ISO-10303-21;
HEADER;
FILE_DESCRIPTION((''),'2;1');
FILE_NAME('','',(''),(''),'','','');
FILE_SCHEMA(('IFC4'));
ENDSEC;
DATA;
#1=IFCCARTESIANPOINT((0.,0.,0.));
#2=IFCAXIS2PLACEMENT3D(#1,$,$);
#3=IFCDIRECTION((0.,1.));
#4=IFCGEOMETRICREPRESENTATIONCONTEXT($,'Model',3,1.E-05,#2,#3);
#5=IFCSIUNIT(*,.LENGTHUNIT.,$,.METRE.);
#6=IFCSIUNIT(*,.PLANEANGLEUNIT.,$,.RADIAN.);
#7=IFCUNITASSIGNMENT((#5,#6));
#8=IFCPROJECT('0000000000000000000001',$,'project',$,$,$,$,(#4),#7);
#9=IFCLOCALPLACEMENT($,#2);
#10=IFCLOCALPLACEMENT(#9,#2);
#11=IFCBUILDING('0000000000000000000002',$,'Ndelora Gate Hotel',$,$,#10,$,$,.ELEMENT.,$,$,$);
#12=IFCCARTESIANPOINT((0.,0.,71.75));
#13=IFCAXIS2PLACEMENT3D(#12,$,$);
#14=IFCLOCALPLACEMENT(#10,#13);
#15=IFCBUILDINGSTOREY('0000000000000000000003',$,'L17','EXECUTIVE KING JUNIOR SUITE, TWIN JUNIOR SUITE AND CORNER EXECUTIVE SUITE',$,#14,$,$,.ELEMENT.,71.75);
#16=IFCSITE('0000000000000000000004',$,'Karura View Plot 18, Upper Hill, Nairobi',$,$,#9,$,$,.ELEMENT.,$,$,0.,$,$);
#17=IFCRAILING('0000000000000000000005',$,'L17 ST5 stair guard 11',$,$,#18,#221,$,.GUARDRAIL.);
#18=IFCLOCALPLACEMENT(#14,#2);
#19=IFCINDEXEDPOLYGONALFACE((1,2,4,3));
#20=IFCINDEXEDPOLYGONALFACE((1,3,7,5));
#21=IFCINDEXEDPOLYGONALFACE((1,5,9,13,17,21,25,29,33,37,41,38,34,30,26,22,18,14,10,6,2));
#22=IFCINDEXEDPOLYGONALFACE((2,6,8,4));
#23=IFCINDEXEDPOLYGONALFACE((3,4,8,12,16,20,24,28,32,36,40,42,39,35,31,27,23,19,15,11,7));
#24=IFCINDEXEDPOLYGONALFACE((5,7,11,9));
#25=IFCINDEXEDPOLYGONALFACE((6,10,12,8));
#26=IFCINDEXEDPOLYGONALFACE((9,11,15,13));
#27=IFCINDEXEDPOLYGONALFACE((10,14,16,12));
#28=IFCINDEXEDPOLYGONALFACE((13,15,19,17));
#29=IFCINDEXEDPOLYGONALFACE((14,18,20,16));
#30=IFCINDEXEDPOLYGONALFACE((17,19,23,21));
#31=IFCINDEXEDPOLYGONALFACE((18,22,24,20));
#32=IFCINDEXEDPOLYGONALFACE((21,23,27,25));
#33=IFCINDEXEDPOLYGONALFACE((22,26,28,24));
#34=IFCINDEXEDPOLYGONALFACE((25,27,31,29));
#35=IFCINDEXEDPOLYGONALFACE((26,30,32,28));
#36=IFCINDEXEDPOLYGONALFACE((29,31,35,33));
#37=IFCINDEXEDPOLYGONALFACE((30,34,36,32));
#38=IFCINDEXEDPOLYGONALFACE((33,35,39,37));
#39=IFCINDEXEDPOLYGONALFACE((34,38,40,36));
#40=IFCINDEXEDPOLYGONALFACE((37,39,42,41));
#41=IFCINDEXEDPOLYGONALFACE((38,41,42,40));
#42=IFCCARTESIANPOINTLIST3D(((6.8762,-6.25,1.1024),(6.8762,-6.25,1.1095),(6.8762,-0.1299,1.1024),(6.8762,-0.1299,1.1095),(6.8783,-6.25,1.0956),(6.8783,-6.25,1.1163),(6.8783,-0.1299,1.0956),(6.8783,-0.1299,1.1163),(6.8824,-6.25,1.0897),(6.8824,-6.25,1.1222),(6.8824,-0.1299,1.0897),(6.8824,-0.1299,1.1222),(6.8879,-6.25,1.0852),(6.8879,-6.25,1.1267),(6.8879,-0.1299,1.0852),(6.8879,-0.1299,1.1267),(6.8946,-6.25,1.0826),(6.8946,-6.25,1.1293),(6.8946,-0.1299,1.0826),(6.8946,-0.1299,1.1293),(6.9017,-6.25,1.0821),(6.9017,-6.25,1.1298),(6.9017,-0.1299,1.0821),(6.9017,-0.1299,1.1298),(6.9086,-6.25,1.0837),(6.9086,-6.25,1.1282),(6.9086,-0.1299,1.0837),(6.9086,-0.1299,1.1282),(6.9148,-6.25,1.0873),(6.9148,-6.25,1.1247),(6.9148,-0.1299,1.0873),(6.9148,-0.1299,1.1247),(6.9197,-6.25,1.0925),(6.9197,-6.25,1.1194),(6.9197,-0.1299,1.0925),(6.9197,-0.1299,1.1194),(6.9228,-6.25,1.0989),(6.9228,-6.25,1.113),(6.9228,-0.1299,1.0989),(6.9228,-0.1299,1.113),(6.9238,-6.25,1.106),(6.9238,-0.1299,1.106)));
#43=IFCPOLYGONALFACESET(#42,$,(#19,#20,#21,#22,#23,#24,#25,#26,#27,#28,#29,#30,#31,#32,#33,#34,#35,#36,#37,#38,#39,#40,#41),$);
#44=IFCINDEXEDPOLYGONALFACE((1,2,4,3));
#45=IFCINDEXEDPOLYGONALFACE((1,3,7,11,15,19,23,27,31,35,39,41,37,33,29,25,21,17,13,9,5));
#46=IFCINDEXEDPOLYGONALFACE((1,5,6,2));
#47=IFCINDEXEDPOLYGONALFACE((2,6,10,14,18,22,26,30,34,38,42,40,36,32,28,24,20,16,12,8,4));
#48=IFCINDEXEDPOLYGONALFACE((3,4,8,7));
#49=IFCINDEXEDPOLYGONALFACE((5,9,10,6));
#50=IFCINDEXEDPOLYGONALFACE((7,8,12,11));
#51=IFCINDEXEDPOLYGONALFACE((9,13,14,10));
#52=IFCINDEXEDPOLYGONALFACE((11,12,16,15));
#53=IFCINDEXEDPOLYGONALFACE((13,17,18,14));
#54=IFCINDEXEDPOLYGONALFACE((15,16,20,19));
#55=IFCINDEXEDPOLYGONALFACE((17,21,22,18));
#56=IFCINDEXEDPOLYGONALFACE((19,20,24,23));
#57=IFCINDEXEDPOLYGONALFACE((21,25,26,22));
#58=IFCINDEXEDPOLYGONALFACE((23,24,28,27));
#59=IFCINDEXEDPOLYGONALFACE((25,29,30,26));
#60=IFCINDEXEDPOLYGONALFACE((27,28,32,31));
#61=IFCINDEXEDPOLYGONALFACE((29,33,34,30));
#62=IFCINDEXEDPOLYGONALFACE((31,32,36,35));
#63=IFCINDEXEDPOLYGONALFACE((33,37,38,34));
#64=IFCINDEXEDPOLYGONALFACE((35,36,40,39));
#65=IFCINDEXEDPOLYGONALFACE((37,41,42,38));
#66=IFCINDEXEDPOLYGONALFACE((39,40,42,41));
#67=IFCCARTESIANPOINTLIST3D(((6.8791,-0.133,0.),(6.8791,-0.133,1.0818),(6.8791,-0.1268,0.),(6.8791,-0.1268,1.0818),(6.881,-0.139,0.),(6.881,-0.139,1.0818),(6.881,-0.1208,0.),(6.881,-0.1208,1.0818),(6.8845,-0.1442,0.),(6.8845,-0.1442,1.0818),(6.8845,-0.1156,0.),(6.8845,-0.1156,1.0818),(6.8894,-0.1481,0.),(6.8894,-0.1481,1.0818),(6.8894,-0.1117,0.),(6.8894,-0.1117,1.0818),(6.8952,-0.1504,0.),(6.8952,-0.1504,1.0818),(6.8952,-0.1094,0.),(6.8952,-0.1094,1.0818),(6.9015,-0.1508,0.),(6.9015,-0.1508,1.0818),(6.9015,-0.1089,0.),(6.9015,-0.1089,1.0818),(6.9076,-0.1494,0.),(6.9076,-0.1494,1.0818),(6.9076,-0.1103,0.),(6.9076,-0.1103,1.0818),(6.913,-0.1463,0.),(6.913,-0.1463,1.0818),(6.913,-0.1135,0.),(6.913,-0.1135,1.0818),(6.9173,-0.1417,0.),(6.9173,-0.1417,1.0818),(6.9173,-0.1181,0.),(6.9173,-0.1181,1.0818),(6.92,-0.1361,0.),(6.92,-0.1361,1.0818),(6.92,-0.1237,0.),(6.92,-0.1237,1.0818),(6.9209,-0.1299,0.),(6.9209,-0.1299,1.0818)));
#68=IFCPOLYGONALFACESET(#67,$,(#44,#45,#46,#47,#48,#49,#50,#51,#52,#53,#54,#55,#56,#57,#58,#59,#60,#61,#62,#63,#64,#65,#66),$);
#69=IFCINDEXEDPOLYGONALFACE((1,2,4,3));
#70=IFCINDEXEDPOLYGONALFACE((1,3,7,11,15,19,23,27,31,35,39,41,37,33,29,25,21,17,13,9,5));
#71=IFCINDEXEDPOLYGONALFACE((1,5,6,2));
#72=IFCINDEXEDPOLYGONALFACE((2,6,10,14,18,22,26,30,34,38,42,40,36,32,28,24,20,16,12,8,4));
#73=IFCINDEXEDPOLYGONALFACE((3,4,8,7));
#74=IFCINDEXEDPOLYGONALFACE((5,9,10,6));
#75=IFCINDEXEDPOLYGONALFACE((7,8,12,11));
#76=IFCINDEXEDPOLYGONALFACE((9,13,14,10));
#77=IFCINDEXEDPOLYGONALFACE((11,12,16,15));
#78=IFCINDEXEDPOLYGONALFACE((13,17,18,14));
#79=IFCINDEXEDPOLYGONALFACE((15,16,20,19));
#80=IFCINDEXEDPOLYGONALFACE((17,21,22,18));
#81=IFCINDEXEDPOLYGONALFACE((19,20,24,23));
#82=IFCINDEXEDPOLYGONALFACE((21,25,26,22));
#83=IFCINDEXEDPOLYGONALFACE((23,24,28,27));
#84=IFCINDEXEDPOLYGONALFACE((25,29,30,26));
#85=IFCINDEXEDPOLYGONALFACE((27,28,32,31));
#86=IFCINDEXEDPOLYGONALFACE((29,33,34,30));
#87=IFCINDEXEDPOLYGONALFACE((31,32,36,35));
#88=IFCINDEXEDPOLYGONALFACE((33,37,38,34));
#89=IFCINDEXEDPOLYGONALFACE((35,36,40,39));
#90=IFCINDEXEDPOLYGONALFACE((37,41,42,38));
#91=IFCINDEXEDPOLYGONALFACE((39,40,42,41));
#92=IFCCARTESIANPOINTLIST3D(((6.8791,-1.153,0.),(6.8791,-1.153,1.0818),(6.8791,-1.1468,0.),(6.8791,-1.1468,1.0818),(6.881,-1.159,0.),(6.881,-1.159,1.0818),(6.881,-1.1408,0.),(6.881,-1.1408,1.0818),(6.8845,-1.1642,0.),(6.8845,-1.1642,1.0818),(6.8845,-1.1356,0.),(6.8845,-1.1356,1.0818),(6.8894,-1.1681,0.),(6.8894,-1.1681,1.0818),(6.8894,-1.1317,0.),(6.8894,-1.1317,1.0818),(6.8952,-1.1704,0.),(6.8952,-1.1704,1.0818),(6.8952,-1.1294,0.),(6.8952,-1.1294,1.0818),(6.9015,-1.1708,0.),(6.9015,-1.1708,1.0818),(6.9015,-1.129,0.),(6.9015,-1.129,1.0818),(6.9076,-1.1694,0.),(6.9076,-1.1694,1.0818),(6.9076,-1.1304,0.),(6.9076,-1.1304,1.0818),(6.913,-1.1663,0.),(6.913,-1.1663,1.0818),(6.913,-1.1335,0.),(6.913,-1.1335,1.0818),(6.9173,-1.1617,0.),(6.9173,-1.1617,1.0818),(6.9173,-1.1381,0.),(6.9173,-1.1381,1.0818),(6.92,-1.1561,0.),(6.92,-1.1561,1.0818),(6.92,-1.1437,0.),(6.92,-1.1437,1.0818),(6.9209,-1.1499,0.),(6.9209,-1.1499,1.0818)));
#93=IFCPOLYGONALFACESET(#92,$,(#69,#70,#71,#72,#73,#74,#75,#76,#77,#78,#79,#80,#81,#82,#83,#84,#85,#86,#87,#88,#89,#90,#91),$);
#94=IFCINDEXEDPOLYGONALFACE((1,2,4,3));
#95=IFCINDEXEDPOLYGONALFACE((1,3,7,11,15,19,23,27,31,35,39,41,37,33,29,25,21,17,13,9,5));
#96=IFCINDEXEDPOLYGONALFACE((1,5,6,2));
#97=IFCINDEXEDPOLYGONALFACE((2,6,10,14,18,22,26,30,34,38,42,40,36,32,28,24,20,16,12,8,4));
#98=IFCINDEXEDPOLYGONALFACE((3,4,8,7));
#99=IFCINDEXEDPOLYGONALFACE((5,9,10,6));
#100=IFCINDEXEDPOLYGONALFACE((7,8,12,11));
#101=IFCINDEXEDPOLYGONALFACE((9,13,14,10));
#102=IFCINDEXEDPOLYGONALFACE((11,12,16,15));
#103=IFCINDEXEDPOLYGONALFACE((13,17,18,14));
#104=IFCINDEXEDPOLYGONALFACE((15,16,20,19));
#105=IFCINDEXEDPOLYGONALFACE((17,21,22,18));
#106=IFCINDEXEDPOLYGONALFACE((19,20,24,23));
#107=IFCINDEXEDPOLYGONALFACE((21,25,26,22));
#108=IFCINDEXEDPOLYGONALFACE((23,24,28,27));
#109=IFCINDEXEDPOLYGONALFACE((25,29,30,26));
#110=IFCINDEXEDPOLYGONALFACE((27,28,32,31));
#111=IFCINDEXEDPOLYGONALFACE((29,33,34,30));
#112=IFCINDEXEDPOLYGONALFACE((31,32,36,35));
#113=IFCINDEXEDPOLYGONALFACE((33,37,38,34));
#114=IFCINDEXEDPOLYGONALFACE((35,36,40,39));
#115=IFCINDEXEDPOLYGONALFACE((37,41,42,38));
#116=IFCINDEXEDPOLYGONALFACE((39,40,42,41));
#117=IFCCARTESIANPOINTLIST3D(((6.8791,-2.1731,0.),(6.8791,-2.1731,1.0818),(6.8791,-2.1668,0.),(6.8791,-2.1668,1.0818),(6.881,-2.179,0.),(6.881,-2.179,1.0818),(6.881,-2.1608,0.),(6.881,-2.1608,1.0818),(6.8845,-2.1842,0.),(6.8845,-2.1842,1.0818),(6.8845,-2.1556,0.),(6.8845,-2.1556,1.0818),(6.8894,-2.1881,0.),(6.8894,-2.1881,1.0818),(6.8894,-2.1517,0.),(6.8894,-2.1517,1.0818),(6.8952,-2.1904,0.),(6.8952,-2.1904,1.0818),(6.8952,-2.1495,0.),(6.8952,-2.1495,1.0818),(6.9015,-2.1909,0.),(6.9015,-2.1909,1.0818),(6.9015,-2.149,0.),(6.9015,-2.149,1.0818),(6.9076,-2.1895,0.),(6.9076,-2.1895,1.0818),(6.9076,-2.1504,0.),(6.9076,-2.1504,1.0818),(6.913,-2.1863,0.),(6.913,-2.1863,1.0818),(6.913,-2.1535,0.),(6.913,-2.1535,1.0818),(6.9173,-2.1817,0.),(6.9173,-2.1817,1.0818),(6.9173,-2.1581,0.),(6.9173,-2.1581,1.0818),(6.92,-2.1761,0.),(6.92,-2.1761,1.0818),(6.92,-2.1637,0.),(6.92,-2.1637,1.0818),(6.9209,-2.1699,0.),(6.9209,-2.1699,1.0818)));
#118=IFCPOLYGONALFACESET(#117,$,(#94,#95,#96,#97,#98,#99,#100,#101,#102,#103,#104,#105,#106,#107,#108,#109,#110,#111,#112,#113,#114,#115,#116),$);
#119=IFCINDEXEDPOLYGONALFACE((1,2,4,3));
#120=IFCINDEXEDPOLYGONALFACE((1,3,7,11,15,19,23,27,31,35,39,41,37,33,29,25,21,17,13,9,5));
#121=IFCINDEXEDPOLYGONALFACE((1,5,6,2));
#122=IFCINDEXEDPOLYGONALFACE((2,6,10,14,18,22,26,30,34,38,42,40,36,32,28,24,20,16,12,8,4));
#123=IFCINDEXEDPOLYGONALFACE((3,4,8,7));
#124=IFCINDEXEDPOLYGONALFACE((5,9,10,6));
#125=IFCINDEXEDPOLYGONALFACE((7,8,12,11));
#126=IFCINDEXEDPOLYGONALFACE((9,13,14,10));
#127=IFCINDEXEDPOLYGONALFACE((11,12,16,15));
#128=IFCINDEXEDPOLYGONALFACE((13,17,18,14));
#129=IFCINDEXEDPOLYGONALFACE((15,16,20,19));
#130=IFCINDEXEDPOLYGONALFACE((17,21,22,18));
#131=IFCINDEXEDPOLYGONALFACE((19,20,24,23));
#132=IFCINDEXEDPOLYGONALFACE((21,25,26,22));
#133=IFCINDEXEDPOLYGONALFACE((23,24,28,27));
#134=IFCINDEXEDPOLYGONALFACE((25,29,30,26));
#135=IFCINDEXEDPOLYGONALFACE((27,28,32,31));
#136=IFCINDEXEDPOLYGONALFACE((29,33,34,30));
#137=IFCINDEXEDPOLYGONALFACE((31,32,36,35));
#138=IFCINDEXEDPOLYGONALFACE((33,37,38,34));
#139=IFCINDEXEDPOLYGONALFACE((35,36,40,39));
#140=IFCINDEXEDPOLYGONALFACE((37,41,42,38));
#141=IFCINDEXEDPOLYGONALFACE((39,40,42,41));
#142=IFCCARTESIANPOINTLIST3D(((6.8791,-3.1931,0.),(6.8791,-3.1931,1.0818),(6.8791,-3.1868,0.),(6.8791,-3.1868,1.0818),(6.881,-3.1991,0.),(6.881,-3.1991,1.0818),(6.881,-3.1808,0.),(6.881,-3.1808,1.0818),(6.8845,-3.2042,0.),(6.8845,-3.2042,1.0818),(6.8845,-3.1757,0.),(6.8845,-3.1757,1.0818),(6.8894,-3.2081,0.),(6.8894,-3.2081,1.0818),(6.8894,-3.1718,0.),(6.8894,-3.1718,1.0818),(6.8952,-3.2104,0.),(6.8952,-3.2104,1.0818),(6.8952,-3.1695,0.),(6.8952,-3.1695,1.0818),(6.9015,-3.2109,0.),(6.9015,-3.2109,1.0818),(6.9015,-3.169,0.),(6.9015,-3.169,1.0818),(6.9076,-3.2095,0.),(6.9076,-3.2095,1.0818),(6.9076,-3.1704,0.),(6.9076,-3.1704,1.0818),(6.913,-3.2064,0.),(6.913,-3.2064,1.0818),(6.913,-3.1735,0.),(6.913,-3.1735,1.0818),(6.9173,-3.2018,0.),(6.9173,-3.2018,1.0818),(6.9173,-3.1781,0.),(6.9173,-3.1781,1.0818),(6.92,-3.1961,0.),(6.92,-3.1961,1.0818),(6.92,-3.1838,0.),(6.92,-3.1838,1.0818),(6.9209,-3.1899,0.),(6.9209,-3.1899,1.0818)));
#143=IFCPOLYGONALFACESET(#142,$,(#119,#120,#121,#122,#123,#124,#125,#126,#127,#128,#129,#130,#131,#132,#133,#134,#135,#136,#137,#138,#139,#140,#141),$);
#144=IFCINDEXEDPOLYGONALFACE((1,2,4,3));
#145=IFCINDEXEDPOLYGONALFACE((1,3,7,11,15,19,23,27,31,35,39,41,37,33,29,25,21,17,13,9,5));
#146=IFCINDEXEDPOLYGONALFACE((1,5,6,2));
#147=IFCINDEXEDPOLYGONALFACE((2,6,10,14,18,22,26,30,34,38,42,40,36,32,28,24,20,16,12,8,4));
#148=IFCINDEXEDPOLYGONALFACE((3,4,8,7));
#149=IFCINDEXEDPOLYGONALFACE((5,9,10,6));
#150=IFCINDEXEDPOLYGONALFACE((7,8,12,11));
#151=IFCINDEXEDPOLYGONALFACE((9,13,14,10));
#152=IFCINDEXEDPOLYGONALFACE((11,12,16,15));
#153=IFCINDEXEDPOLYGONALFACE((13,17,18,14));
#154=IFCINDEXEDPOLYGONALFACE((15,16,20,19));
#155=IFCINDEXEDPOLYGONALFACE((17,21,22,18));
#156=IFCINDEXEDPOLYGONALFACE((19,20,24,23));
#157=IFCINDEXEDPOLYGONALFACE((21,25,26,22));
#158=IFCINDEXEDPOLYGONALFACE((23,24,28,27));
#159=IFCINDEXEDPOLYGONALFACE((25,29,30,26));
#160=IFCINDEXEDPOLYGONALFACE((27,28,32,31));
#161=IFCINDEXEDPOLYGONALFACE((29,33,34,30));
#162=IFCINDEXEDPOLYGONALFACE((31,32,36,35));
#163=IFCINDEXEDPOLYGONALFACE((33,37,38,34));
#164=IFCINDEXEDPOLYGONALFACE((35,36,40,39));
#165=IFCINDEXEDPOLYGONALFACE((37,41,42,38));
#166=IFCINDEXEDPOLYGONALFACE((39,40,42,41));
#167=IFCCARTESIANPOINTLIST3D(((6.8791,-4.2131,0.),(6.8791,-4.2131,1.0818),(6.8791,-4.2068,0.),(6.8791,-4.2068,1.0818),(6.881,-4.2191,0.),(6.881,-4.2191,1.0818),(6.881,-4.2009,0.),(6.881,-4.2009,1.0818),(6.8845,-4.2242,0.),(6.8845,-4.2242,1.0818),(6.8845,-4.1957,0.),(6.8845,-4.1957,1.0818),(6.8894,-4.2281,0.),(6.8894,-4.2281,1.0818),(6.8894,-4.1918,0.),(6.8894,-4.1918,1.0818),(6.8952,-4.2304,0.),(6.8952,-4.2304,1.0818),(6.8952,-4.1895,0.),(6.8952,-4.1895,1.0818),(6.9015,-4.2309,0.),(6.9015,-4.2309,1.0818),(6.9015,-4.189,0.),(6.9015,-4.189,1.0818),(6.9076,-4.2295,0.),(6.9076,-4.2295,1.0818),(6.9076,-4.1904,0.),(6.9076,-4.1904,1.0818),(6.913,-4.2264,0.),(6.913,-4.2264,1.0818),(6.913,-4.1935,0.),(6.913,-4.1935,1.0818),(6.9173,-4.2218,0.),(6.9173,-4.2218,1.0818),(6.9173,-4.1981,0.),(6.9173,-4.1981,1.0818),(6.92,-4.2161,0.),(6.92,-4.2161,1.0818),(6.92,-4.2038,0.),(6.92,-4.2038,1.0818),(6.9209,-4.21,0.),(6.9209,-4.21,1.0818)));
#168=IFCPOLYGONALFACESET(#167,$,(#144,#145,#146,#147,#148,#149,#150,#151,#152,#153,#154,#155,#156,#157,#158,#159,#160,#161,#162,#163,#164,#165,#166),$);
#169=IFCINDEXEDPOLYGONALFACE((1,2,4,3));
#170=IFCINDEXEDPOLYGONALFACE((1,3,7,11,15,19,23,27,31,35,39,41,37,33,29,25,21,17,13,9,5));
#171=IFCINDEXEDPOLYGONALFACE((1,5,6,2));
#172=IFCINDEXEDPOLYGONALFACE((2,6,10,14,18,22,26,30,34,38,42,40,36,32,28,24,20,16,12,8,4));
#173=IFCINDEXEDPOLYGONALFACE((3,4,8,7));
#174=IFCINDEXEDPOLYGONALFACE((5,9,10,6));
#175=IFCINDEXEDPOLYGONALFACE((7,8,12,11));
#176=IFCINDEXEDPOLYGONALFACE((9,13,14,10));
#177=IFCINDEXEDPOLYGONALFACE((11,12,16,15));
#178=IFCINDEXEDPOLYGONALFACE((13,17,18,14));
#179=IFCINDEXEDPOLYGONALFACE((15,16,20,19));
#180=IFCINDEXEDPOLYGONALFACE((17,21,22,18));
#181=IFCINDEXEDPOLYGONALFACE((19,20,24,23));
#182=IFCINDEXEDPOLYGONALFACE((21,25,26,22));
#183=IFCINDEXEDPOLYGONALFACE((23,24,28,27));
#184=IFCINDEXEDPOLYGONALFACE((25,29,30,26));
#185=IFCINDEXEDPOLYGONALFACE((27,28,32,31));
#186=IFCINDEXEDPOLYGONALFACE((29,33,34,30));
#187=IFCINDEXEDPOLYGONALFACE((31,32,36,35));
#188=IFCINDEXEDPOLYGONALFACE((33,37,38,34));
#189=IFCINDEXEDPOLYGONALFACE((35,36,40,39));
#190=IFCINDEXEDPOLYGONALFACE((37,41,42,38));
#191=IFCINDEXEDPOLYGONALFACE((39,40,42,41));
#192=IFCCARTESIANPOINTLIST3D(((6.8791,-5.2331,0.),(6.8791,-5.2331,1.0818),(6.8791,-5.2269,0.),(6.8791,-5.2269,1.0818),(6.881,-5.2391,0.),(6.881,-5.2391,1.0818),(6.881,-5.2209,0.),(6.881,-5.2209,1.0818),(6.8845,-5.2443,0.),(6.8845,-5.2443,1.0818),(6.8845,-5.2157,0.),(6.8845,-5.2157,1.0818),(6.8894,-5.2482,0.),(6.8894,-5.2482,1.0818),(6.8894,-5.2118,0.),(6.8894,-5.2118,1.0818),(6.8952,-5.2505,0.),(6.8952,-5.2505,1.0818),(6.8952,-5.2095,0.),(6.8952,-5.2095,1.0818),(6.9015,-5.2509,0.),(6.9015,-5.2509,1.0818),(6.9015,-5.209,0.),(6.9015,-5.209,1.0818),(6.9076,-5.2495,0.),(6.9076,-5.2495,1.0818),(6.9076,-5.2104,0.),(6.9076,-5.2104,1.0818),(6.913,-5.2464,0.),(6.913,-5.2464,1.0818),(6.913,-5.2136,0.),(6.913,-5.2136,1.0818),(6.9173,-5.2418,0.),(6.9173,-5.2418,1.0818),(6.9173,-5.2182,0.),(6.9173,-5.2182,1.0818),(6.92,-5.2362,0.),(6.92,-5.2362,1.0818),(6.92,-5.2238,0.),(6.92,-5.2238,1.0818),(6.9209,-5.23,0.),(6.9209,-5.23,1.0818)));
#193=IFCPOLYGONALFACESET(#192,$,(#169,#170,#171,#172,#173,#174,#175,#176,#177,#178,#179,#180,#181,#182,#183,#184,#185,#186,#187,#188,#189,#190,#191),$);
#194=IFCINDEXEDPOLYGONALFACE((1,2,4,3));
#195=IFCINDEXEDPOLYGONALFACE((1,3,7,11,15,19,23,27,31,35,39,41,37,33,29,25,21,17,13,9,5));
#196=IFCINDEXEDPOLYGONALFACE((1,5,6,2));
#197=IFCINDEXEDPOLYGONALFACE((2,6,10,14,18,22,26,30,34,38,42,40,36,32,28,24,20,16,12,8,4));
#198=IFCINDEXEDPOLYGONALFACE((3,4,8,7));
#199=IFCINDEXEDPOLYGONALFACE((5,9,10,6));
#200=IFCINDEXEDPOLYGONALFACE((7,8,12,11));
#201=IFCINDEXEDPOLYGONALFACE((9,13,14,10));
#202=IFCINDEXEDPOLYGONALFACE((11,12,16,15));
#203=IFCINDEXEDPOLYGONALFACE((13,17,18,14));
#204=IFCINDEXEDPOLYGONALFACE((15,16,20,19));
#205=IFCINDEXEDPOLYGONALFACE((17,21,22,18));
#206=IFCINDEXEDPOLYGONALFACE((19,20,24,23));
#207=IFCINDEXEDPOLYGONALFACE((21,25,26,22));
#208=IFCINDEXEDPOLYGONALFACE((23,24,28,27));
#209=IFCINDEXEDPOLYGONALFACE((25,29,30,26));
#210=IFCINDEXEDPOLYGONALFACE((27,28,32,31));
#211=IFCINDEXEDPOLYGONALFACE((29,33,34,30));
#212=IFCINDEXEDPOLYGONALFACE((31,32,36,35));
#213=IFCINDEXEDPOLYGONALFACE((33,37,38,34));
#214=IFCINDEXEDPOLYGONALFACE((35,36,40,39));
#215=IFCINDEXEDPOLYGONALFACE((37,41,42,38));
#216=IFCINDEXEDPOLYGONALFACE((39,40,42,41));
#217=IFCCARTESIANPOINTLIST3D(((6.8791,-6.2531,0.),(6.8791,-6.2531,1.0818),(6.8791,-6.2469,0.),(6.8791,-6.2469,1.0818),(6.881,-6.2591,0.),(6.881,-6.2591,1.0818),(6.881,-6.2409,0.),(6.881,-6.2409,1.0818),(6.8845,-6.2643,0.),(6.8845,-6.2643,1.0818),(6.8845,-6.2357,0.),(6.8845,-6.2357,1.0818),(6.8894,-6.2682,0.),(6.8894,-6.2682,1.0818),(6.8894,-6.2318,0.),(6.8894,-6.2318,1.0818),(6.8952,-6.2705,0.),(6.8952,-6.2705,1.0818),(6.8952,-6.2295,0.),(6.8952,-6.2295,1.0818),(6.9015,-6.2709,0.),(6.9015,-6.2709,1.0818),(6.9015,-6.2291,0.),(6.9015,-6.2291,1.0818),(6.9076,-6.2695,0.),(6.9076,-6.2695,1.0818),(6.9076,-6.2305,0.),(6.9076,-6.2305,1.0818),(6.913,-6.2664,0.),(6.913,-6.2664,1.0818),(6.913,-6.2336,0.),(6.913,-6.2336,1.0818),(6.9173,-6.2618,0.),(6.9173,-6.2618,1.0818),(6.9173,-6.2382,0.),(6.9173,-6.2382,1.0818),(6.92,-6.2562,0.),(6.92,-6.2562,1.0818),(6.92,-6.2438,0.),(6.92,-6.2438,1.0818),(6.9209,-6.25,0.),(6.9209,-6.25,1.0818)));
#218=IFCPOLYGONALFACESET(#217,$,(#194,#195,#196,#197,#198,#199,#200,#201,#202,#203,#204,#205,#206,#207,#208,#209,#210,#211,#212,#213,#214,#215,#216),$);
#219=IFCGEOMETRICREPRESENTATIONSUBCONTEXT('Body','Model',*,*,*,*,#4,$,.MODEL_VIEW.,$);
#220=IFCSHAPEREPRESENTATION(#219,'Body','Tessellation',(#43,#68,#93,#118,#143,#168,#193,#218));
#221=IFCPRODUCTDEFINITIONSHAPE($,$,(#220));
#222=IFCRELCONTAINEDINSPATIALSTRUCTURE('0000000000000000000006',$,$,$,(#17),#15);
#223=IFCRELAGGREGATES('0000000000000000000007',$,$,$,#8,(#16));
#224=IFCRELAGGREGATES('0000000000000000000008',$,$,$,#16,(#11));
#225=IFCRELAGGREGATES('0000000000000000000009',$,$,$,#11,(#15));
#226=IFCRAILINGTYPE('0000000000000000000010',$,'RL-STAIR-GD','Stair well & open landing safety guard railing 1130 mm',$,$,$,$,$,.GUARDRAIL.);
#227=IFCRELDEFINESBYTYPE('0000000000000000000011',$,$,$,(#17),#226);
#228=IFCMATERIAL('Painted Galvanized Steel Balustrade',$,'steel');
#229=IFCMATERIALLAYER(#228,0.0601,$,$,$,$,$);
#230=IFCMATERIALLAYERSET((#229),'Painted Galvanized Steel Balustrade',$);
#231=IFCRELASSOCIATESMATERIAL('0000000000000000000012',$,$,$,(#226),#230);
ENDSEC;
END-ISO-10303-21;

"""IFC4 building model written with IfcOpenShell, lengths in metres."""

from ifc_helpers import new_model, si_unit, direction, frame, origin, origin_2d, place, context, subcontext, project, spatial, circle, extrude, material, layer, layer_set, type_object, element, save


model = new_model("IFC4")

# Units and contexts
model_context = context("Model", 3, precision=1e-05, world=origin(), true_north=direction((0.0, 1.0)))
body_context = subcontext(model_context, "Body", "Model", "MODEL_VIEW")
ifc_project = project(units=[si_unit("LENGTHUNIT", "METRE"), si_unit("PLANEANGLEUNIT", "RADIAN")], contexts=[model_context])

# Site, building, storey
site_placement = place(None, origin())
site = spatial("IfcSite", under=ifc_project, at=site_placement, Name="Karura View Plot 18, Upper Hill, Nairobi", CompositionType="ELEMENT", RefElevation=0.0)
building_placement = place(site_placement, origin())
building = spatial("IfcBuilding", under=site, at=building_placement, Name="Ndelora Gate Hotel", CompositionType="ELEMENT")
storey_placement = place(building_placement, frame((0.0, 0.0, 71.75)))
storey = spatial("IfcBuildingStorey", under=building, at=storey_placement, Name="L17", Description="EXECUTIVE KING JUNIOR SUITE, TWIN JUNIOR SUITE AND CORNER EXECUTIVE SUITE", CompositionType="ELEMENT", Elevation=71.75)

# Railing
ifc_material_1 = material(Name="Painted Galvanized Steel Balustrade", Category="steel")
ifc_layer_1 = layer(ifc_material_1, 0.0601)
ifc_layer_set_1 = layer_set([ifc_layer_1], Name="Painted Galvanized Steel Balustrade")
railing_type_1 = type_object("IfcRailingType", Name="RL-STAIR-GD", Description="Stair well & open landing safety guard railing 1130 mm", PredefinedType="GUARDRAIL", material=ifc_layer_set_1)
railing_1_placement = place(storey_placement, frame((6.8999, -0.1299, 0.0)))
element("IfcRailing", 1, at=railing_1_placement, inside=storey, type_object=railing_type_1, Name="L17 ST5 stair guard 11", PredefinedType="GUARDRAIL", context=body_context, shape_type="SweptSolid", body=[
    extrude(circle(Radius=0.0239, at=origin_2d()), frame((0.0, 0.0, 1.106), z_axis=(0.0, -1.0, 0.0), x_axis=(1.0, 0.0, 0.0)), (0.0, 0.0, 1.0), 6.1201),
    extrude(circle(Radius=0.021, at=origin_2d()), origin(), (0.0, 0.0, 1.0), 1.0818),
    extrude(circle(Radius=0.021, at=origin_2d()), frame((0.0, -1.02, 0.0)), (0.0, 0.0, 1.0), 1.0818),
    extrude(circle(Radius=0.021, at=origin_2d()), frame((0.0, -2.04, 0.0)), (0.0, 0.0, 1.0), 1.0818),
    extrude(circle(Radius=0.021, at=origin_2d()), frame((0.0, -3.0601, 0.0)), (0.0, 0.0, 1.0), 1.0818),
    extrude(circle(Radius=0.021, at=origin_2d()), frame((0.0, -4.0801, 0.0)), (0.0, 0.0, 1.0), 1.0818),
    extrude(circle(Radius=0.021, at=origin_2d()), frame((0.0, -5.1001, 0.0)), (0.0, 0.0, 1.0), 1.0818),
    extrude(circle(Radius=0.021, at=origin_2d()), frame((0.0, -6.1201, 0.0)), (0.0, 0.0, 1.0), 1.0818),
])

save(model, "model.ifc")
